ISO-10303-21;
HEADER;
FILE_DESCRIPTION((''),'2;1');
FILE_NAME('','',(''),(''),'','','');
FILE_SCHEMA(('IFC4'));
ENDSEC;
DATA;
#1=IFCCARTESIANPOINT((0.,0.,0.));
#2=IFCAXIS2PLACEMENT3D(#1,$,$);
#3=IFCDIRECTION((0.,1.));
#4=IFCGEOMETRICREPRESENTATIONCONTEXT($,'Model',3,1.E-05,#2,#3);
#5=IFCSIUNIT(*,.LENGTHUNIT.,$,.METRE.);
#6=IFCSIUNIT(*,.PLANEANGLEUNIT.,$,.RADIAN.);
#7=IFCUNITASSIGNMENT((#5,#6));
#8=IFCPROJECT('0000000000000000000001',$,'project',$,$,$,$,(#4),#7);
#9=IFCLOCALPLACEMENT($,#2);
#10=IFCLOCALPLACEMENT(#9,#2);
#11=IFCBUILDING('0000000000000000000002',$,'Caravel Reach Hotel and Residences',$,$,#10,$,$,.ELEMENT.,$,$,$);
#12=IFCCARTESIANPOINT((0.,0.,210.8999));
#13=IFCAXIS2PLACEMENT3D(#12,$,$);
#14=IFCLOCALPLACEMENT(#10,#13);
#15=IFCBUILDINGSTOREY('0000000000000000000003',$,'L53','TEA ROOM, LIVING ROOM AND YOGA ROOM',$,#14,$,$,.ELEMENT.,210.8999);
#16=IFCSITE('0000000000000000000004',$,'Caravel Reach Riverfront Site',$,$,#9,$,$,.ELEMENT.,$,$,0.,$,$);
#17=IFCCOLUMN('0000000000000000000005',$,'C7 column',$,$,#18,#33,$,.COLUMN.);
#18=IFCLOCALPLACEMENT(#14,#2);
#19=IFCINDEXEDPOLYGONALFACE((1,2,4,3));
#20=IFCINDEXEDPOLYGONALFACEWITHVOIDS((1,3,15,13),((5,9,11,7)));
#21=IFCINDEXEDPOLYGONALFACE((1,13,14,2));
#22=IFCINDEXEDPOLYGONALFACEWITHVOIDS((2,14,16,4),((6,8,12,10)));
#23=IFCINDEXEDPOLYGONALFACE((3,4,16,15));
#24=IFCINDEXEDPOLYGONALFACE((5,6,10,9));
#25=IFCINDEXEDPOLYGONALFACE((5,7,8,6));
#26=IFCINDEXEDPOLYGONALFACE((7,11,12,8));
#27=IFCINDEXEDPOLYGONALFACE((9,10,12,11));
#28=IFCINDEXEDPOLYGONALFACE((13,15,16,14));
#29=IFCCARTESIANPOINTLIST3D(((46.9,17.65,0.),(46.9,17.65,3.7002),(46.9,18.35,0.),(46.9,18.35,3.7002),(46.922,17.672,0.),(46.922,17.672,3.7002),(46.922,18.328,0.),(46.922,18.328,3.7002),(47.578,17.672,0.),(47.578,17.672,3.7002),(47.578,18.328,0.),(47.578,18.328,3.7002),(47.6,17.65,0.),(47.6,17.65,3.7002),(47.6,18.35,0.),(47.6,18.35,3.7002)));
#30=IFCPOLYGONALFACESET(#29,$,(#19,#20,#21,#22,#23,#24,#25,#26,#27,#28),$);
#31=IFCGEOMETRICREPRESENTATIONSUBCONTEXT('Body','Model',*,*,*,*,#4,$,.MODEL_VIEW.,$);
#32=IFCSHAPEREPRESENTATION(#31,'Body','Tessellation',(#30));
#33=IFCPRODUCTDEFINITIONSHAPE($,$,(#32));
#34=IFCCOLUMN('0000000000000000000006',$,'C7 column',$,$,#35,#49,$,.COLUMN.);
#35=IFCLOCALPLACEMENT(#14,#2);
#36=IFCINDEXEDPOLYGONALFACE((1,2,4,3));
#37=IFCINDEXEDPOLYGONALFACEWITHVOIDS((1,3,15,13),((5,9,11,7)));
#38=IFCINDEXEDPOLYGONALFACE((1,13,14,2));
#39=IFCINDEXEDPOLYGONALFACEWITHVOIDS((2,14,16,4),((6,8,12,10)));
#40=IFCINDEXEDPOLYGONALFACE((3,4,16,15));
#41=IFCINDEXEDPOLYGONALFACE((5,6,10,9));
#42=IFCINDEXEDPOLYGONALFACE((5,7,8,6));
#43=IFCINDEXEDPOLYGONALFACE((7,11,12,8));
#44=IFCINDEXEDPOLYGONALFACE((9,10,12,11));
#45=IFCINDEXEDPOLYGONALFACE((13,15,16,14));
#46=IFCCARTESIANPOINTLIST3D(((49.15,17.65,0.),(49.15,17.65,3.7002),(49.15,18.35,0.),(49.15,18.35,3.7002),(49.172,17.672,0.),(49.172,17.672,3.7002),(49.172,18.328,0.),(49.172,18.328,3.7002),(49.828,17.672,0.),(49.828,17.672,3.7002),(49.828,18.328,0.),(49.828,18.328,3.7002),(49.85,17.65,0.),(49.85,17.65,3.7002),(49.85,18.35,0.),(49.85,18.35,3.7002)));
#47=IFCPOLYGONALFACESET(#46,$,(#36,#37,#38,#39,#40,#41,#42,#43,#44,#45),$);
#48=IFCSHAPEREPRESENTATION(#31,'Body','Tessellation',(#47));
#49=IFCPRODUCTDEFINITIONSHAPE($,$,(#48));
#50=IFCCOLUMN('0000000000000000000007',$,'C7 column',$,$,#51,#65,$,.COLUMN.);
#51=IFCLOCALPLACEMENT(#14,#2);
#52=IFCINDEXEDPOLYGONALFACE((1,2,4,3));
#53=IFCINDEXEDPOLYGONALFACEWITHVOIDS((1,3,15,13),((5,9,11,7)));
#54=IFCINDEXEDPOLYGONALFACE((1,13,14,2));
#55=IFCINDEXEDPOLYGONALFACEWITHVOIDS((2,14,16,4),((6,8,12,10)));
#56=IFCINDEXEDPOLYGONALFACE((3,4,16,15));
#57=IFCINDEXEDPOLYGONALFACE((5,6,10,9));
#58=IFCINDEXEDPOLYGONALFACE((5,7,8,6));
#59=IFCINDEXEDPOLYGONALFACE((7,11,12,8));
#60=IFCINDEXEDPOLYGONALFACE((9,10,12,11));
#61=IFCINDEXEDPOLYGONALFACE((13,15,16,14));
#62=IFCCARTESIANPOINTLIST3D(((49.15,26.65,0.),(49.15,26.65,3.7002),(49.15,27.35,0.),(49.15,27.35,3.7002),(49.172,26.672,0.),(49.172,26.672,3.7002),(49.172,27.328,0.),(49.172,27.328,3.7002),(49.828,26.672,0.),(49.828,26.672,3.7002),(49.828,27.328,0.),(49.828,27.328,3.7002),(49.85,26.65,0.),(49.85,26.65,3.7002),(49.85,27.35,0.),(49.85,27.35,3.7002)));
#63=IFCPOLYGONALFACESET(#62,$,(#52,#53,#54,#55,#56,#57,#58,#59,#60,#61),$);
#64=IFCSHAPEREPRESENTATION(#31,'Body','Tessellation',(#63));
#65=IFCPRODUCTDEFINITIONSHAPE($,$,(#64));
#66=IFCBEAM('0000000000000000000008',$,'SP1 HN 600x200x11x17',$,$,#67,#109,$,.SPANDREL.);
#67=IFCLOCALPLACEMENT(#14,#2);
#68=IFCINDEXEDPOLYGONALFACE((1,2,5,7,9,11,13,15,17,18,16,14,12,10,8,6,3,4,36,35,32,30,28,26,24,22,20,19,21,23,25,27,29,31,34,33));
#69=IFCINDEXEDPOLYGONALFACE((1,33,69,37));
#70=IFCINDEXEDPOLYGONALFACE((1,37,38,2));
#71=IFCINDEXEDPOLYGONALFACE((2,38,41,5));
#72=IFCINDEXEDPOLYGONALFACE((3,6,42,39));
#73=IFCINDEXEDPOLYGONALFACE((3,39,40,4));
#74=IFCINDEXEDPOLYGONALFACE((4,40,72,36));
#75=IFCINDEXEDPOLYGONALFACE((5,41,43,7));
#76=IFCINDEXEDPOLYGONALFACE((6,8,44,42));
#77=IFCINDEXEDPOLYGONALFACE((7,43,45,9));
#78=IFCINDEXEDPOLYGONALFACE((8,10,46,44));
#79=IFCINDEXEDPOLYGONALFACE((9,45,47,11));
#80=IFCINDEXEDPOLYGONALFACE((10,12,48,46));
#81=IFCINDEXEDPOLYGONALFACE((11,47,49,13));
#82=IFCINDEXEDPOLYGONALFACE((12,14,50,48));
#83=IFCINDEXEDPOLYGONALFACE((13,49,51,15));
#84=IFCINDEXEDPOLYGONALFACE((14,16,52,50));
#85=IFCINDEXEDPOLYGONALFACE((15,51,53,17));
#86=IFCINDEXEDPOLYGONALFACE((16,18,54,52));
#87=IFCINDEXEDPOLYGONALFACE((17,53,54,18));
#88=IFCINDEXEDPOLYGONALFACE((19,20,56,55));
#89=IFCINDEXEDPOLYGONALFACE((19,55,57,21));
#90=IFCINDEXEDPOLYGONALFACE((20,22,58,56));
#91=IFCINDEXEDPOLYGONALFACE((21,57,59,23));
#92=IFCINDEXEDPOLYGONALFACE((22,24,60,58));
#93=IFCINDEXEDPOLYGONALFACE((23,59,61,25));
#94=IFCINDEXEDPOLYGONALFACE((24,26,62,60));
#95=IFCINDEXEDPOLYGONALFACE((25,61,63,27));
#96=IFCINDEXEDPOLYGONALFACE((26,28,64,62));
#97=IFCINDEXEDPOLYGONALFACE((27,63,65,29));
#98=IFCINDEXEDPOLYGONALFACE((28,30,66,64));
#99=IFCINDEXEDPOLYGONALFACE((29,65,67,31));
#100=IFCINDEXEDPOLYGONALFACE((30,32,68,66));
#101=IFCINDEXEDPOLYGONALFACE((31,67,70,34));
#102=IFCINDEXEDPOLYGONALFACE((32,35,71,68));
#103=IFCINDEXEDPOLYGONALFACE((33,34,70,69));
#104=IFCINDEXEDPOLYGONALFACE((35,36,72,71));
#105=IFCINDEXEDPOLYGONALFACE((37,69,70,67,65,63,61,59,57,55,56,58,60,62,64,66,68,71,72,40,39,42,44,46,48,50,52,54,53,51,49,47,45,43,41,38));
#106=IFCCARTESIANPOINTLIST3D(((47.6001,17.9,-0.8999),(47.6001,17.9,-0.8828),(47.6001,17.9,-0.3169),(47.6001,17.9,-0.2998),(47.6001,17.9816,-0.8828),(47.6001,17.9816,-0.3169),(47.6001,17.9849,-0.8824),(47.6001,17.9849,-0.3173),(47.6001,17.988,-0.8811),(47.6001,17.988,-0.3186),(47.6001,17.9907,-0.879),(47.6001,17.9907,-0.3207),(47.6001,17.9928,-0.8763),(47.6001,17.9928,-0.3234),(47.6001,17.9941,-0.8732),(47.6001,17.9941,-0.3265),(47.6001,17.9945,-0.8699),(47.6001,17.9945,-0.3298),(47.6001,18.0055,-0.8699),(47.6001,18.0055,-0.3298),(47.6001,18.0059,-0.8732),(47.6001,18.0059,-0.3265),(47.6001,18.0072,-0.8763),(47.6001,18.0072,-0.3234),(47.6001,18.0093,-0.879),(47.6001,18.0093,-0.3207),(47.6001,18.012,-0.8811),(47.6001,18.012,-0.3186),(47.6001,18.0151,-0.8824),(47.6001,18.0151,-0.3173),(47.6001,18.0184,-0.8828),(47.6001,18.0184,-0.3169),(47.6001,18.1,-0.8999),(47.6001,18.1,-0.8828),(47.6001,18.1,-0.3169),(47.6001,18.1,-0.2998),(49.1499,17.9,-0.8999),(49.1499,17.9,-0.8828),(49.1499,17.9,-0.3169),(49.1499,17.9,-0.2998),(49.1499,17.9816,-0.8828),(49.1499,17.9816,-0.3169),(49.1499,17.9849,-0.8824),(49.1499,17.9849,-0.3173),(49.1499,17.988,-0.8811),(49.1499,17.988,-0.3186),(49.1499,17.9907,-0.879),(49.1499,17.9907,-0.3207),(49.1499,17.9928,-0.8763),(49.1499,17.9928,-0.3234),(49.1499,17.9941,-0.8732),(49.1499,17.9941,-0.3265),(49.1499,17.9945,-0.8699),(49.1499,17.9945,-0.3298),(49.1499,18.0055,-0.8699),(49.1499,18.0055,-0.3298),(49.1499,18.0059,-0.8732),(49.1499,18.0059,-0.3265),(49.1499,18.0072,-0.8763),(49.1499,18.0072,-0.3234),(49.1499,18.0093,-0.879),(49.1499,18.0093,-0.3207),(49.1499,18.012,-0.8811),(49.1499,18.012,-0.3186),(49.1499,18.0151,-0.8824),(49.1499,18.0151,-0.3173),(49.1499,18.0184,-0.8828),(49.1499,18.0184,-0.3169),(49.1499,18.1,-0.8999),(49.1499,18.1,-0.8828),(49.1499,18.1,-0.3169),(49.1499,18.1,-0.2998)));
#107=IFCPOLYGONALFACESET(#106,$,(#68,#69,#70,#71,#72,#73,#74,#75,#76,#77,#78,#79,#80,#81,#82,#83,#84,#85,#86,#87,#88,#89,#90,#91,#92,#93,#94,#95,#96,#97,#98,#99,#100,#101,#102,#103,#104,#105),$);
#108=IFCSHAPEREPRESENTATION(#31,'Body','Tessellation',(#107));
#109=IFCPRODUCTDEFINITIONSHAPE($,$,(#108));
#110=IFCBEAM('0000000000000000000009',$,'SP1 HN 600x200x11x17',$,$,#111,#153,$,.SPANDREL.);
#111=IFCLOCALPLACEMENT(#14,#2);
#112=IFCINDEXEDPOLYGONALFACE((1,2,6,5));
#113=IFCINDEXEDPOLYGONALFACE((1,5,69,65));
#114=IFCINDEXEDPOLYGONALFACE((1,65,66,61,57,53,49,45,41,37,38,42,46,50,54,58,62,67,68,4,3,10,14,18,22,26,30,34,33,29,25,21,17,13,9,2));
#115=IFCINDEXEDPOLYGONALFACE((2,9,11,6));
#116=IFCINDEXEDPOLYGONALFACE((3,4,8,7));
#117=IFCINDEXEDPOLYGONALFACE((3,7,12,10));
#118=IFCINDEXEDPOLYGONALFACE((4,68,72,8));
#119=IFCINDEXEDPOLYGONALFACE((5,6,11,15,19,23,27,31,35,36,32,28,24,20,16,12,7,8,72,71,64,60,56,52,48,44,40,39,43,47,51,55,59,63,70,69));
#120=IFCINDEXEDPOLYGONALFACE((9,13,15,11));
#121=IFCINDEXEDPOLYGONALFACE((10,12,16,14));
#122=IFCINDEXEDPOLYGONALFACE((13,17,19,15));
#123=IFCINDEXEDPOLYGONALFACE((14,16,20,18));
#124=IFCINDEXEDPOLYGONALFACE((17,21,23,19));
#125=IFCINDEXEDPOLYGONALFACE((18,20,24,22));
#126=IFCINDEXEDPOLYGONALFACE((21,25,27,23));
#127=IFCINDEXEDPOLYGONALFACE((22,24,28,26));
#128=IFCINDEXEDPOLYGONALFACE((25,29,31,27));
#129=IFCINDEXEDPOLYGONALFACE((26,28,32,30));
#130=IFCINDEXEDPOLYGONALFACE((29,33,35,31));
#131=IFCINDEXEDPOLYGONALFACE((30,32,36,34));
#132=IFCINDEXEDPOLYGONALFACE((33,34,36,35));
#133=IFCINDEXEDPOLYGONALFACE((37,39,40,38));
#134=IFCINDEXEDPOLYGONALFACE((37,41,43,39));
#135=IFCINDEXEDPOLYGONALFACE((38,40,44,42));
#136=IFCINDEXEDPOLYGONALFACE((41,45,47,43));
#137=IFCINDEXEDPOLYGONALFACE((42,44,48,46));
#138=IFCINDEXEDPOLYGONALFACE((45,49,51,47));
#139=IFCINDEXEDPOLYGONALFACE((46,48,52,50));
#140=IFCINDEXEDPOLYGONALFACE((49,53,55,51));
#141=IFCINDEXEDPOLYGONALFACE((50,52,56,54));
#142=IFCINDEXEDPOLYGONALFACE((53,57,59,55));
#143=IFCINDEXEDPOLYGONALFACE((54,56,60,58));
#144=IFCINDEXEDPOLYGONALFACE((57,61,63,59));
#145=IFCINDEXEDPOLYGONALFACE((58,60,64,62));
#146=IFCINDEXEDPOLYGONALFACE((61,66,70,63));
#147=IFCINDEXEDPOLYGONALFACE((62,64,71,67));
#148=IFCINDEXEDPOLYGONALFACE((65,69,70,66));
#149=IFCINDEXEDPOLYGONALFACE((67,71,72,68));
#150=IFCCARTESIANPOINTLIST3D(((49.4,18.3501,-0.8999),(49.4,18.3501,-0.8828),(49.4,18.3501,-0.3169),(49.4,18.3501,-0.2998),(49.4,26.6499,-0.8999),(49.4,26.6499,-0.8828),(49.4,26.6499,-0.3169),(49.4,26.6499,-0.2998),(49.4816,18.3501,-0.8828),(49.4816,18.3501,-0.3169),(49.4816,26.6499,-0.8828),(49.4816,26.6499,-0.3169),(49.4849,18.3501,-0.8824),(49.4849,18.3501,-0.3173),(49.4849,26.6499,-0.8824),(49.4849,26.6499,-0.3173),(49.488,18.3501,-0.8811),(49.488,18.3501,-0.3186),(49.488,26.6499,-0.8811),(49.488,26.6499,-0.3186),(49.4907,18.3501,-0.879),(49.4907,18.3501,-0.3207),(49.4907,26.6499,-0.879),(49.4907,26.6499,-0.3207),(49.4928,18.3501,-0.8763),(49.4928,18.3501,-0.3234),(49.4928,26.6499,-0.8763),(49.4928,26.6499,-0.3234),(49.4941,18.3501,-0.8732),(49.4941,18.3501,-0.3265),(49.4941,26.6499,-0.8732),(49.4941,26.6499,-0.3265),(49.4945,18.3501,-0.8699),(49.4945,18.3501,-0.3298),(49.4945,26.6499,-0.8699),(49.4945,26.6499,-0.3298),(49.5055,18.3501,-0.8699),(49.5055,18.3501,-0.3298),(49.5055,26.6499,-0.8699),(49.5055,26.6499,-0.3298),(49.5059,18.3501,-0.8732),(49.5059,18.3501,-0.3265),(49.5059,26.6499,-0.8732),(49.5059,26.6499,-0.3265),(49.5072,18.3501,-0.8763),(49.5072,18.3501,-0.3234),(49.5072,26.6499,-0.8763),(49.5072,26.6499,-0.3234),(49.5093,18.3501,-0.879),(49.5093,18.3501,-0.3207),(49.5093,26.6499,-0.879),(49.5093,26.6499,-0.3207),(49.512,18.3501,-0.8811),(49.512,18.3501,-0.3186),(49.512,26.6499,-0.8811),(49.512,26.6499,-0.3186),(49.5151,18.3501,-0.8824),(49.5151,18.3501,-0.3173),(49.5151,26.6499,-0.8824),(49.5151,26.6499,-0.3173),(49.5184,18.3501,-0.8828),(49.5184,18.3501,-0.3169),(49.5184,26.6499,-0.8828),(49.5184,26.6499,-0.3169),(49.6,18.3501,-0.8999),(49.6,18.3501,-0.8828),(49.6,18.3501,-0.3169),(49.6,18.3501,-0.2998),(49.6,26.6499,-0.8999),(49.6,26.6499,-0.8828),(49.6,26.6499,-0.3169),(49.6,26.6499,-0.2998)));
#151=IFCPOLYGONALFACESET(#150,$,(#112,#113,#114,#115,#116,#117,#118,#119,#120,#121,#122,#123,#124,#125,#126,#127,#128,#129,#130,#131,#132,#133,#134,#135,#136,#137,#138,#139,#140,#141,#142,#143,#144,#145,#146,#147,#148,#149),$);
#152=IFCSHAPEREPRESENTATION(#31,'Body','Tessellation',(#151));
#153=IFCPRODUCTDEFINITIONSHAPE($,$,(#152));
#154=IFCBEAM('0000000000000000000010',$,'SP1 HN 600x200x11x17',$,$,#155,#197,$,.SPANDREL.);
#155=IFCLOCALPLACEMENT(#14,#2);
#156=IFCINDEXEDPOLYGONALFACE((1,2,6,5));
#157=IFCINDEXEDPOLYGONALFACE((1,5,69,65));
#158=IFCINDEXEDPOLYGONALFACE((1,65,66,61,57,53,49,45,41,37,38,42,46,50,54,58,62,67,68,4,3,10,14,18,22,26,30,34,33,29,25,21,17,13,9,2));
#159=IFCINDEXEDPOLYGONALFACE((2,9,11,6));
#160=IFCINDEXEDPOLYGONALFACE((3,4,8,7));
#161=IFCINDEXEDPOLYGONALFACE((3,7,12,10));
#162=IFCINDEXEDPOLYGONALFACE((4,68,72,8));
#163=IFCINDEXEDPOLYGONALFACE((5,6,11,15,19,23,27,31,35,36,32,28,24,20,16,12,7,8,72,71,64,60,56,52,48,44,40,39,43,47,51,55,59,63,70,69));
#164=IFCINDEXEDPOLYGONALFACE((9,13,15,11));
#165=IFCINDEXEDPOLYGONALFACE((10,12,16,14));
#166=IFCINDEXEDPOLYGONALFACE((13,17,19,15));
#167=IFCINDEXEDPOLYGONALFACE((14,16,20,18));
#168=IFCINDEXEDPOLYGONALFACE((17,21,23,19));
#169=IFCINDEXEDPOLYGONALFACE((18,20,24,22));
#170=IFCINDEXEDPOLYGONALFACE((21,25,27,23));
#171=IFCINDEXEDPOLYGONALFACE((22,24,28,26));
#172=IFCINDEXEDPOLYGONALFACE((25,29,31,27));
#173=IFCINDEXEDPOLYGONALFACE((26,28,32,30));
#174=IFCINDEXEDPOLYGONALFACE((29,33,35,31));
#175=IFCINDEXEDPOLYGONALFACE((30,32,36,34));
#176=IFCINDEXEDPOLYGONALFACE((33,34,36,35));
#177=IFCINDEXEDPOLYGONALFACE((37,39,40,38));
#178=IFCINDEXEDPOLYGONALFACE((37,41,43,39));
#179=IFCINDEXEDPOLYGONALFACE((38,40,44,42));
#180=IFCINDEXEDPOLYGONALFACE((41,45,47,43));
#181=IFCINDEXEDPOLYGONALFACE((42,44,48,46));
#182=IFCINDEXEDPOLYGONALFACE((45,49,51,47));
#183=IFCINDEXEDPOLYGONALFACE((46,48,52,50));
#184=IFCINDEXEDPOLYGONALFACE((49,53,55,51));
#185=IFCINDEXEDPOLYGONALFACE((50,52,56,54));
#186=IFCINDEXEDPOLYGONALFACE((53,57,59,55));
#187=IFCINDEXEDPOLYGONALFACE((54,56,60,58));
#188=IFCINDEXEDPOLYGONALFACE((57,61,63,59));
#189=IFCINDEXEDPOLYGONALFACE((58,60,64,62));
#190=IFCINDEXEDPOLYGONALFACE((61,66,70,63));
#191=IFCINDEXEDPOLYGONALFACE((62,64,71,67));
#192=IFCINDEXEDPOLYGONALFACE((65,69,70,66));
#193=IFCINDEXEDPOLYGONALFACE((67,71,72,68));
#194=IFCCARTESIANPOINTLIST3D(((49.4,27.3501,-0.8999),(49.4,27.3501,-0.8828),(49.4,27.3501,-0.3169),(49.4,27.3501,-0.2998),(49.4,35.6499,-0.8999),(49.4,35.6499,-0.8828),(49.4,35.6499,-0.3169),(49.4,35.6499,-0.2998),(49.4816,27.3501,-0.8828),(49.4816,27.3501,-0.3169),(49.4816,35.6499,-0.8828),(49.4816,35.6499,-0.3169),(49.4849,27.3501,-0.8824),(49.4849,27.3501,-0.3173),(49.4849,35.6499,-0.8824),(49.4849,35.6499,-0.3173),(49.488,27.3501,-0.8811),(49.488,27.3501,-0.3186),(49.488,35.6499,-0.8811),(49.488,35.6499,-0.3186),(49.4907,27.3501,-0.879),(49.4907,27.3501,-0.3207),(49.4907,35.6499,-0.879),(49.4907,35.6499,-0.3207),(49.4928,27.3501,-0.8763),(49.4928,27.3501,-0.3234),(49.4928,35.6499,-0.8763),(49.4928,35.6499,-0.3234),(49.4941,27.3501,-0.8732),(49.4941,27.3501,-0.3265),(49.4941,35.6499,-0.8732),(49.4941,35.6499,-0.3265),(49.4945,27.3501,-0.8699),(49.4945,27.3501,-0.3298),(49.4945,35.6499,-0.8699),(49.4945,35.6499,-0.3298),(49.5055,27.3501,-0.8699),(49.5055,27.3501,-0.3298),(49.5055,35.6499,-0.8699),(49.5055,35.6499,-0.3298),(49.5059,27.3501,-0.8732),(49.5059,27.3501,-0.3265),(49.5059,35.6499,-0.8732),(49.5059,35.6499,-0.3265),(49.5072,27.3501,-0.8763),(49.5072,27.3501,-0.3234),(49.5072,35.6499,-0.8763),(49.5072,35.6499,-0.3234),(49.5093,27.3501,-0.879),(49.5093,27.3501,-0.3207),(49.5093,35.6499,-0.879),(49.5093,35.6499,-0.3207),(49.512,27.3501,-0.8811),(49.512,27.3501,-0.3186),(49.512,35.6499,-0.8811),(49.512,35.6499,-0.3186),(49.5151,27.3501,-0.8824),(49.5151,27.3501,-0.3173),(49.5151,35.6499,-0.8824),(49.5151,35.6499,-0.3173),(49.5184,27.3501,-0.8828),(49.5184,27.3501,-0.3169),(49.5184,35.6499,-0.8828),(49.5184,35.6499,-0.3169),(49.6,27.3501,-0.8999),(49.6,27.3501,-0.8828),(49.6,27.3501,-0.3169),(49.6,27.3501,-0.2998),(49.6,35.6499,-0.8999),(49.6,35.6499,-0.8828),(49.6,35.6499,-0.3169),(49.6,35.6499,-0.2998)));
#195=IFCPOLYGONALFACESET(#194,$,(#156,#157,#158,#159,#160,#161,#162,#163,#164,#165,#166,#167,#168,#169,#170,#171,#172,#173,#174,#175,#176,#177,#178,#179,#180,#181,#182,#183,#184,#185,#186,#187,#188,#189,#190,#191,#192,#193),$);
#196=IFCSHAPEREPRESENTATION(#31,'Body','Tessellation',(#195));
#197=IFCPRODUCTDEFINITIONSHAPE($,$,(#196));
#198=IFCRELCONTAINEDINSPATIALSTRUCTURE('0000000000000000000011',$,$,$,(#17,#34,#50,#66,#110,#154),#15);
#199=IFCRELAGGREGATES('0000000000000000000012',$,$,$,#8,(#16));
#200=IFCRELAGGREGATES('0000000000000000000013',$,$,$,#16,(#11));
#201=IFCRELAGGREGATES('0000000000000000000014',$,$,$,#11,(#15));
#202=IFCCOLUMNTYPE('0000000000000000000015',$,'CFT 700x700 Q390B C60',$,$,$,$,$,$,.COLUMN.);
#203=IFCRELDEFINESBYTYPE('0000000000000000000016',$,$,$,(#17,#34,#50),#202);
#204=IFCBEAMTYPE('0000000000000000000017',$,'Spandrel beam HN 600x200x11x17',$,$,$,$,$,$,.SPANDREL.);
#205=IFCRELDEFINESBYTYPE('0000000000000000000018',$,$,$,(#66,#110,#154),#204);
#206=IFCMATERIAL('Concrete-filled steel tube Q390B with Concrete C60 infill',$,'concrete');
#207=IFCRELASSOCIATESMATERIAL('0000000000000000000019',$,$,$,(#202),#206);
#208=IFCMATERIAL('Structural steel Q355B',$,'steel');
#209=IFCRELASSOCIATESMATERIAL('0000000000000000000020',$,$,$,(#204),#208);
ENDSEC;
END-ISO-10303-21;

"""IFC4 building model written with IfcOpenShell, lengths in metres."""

from ifc_helpers import new_model, si_unit, direction, frame, origin, origin_2d, place, context, subcontext, project, spatial, hollow_rectangle, i_section, extrude, material, material_profile, profile_set, type_object, element, save


model = new_model("IFC4")

# Units and contexts
model_context = context("Model", 3, precision=1e-05, world=origin(), true_north=direction((0.0, 1.0)))
body_context = subcontext(model_context, "Body", "Model", "MODEL_VIEW")
ifc_project = project(units=[si_unit("LENGTHUNIT", "METRE"), si_unit("PLANEANGLEUNIT", "RADIAN")], contexts=[model_context])

# Site, building, storey
site_placement = place(None, origin())
site = spatial("IfcSite", under=ifc_project, at=site_placement, Name="Caravel Reach Riverfront Site", CompositionType="ELEMENT", RefElevation=0.0)
building_placement = place(site_placement, origin())
building = spatial("IfcBuilding", under=site, at=building_placement, Name="Caravel Reach Hotel and Residences", CompositionType="ELEMENT")
storey_placement = place(building_placement, frame((0.0, 0.0, 210.8999)))
storey = spatial("IfcBuildingStorey", under=building, at=storey_placement, Name="L53", Description="TEA ROOM, LIVING ROOM AND YOGA ROOM", CompositionType="ELEMENT", Elevation=210.8999)

# Columns
ifc_material_1 = material(Name="Concrete-filled steel tube Q390B with Concrete C60 infill", Category="concrete")
ifc_material_profile_1 = material_profile(ifc_material_1, hollow_rectangle(XDim=0.7, YDim=0.7, WallThickness=0.022, at=origin_2d()), Name="RHS 700x700x22")
ifc_profile_set_1 = profile_set([ifc_material_profile_1], Name="Concrete-filled steel tube Q390B with Concrete C60 infill")
column_type = type_object("IfcColumnType", Name="CFT 700x700 Q390B C60", PredefinedType="COLUMN", material=ifc_profile_set_1)
for number, where, z_axis, x_axis, name in (
    (1, (47.25, 18.0, 0.0), (0.0, 0.0, 1.0), (1.0, 0.0, 0.0), "C7 column"),
    (2, (49.5, 18.0, 0.0), (0.0, 0.0, 1.0), (1.0, 0.0, 0.0), "C7 column"),
    (3, (49.5, 27.0, 0.0), (0.0, 0.0, 1.0), (1.0, 0.0, 0.0), "C7 column"),
):
    element("IfcColumn", number, at=place(storey_placement, frame(where, z_axis=z_axis, x_axis=x_axis)), inside=storey, type_object=column_type, Name=name, PredefinedType="COLUMN", context=body_context, shape_type="SweptSolid", body=[
        extrude(hollow_rectangle(XDim=0.7, YDim=0.7, WallThickness=0.022, at=origin_2d()), origin(), (0.0, 0.0, 1.0), 3.7002),
    ])

# Beams
ifc_material_2 = material(Name="Structural steel Q355B", Category="steel")
ifc_material_profile_2 = material_profile(ifc_material_2, i_section(OverallWidth=0.2, OverallDepth=0.6001, WebThickness=0.011, FlangeThickness=0.0171, FilletRadius=0.0129, at=origin_2d()), Name="HN 600x200x11x17")
ifc_profile_set_2 = profile_set([ifc_material_profile_2], Name="Structural steel Q355B")
beam_type = type_object("IfcBeamType", Name="Spandrel beam HN 600x200x11x17", PredefinedType="SPANDREL", material=ifc_profile_set_2)
beam_placement = place(storey_placement, frame((47.6001, 18.0, -0.5999), z_axis=(1.0, 0.0, 0.0), x_axis=(0.0, 1.0, 0.0)))
element("IfcBeam", 4, at=beam_placement, inside=storey, type_object=beam_type, Name="SP1 HN 600x200x11x17", PredefinedType="SPANDREL", context=body_context, shape_type="SweptSolid", body=[
    extrude(i_section(OverallWidth=0.2, OverallDepth=0.6001, WebThickness=0.011, FlangeThickness=0.0171, FilletRadius=0.0129, at=origin_2d()), origin(), (0.0, 0.0, 1.0), 1.5498),
])
for number, where, z_axis, x_axis, name in (
    (5, (49.5, 18.3501, -0.5999), (0.0, 1.0, 0.0), (-1.0, 0.0, 0.0), "SP1 HN 600x200x11x17"),
    (6, (49.5, 27.3501, -0.5999), (0.0, 1.0, 0.0), (-1.0, 0.0, 0.0), "SP1 HN 600x200x11x17"),
):
    element("IfcBeam", number, at=place(storey_placement, frame(where, z_axis=z_axis, x_axis=x_axis)), inside=storey, type_object=beam_type, Name=name, PredefinedType="SPANDREL", context=body_context, shape_type="SweptSolid", body=[
        extrude(i_section(OverallWidth=0.2, OverallDepth=0.6001, WebThickness=0.011, FlangeThickness=0.0171, FilletRadius=0.0129, at=origin_2d()), origin(), (0.0, 0.0, 1.0), 8.2998),
    ])

save(model, "model.ifc")
